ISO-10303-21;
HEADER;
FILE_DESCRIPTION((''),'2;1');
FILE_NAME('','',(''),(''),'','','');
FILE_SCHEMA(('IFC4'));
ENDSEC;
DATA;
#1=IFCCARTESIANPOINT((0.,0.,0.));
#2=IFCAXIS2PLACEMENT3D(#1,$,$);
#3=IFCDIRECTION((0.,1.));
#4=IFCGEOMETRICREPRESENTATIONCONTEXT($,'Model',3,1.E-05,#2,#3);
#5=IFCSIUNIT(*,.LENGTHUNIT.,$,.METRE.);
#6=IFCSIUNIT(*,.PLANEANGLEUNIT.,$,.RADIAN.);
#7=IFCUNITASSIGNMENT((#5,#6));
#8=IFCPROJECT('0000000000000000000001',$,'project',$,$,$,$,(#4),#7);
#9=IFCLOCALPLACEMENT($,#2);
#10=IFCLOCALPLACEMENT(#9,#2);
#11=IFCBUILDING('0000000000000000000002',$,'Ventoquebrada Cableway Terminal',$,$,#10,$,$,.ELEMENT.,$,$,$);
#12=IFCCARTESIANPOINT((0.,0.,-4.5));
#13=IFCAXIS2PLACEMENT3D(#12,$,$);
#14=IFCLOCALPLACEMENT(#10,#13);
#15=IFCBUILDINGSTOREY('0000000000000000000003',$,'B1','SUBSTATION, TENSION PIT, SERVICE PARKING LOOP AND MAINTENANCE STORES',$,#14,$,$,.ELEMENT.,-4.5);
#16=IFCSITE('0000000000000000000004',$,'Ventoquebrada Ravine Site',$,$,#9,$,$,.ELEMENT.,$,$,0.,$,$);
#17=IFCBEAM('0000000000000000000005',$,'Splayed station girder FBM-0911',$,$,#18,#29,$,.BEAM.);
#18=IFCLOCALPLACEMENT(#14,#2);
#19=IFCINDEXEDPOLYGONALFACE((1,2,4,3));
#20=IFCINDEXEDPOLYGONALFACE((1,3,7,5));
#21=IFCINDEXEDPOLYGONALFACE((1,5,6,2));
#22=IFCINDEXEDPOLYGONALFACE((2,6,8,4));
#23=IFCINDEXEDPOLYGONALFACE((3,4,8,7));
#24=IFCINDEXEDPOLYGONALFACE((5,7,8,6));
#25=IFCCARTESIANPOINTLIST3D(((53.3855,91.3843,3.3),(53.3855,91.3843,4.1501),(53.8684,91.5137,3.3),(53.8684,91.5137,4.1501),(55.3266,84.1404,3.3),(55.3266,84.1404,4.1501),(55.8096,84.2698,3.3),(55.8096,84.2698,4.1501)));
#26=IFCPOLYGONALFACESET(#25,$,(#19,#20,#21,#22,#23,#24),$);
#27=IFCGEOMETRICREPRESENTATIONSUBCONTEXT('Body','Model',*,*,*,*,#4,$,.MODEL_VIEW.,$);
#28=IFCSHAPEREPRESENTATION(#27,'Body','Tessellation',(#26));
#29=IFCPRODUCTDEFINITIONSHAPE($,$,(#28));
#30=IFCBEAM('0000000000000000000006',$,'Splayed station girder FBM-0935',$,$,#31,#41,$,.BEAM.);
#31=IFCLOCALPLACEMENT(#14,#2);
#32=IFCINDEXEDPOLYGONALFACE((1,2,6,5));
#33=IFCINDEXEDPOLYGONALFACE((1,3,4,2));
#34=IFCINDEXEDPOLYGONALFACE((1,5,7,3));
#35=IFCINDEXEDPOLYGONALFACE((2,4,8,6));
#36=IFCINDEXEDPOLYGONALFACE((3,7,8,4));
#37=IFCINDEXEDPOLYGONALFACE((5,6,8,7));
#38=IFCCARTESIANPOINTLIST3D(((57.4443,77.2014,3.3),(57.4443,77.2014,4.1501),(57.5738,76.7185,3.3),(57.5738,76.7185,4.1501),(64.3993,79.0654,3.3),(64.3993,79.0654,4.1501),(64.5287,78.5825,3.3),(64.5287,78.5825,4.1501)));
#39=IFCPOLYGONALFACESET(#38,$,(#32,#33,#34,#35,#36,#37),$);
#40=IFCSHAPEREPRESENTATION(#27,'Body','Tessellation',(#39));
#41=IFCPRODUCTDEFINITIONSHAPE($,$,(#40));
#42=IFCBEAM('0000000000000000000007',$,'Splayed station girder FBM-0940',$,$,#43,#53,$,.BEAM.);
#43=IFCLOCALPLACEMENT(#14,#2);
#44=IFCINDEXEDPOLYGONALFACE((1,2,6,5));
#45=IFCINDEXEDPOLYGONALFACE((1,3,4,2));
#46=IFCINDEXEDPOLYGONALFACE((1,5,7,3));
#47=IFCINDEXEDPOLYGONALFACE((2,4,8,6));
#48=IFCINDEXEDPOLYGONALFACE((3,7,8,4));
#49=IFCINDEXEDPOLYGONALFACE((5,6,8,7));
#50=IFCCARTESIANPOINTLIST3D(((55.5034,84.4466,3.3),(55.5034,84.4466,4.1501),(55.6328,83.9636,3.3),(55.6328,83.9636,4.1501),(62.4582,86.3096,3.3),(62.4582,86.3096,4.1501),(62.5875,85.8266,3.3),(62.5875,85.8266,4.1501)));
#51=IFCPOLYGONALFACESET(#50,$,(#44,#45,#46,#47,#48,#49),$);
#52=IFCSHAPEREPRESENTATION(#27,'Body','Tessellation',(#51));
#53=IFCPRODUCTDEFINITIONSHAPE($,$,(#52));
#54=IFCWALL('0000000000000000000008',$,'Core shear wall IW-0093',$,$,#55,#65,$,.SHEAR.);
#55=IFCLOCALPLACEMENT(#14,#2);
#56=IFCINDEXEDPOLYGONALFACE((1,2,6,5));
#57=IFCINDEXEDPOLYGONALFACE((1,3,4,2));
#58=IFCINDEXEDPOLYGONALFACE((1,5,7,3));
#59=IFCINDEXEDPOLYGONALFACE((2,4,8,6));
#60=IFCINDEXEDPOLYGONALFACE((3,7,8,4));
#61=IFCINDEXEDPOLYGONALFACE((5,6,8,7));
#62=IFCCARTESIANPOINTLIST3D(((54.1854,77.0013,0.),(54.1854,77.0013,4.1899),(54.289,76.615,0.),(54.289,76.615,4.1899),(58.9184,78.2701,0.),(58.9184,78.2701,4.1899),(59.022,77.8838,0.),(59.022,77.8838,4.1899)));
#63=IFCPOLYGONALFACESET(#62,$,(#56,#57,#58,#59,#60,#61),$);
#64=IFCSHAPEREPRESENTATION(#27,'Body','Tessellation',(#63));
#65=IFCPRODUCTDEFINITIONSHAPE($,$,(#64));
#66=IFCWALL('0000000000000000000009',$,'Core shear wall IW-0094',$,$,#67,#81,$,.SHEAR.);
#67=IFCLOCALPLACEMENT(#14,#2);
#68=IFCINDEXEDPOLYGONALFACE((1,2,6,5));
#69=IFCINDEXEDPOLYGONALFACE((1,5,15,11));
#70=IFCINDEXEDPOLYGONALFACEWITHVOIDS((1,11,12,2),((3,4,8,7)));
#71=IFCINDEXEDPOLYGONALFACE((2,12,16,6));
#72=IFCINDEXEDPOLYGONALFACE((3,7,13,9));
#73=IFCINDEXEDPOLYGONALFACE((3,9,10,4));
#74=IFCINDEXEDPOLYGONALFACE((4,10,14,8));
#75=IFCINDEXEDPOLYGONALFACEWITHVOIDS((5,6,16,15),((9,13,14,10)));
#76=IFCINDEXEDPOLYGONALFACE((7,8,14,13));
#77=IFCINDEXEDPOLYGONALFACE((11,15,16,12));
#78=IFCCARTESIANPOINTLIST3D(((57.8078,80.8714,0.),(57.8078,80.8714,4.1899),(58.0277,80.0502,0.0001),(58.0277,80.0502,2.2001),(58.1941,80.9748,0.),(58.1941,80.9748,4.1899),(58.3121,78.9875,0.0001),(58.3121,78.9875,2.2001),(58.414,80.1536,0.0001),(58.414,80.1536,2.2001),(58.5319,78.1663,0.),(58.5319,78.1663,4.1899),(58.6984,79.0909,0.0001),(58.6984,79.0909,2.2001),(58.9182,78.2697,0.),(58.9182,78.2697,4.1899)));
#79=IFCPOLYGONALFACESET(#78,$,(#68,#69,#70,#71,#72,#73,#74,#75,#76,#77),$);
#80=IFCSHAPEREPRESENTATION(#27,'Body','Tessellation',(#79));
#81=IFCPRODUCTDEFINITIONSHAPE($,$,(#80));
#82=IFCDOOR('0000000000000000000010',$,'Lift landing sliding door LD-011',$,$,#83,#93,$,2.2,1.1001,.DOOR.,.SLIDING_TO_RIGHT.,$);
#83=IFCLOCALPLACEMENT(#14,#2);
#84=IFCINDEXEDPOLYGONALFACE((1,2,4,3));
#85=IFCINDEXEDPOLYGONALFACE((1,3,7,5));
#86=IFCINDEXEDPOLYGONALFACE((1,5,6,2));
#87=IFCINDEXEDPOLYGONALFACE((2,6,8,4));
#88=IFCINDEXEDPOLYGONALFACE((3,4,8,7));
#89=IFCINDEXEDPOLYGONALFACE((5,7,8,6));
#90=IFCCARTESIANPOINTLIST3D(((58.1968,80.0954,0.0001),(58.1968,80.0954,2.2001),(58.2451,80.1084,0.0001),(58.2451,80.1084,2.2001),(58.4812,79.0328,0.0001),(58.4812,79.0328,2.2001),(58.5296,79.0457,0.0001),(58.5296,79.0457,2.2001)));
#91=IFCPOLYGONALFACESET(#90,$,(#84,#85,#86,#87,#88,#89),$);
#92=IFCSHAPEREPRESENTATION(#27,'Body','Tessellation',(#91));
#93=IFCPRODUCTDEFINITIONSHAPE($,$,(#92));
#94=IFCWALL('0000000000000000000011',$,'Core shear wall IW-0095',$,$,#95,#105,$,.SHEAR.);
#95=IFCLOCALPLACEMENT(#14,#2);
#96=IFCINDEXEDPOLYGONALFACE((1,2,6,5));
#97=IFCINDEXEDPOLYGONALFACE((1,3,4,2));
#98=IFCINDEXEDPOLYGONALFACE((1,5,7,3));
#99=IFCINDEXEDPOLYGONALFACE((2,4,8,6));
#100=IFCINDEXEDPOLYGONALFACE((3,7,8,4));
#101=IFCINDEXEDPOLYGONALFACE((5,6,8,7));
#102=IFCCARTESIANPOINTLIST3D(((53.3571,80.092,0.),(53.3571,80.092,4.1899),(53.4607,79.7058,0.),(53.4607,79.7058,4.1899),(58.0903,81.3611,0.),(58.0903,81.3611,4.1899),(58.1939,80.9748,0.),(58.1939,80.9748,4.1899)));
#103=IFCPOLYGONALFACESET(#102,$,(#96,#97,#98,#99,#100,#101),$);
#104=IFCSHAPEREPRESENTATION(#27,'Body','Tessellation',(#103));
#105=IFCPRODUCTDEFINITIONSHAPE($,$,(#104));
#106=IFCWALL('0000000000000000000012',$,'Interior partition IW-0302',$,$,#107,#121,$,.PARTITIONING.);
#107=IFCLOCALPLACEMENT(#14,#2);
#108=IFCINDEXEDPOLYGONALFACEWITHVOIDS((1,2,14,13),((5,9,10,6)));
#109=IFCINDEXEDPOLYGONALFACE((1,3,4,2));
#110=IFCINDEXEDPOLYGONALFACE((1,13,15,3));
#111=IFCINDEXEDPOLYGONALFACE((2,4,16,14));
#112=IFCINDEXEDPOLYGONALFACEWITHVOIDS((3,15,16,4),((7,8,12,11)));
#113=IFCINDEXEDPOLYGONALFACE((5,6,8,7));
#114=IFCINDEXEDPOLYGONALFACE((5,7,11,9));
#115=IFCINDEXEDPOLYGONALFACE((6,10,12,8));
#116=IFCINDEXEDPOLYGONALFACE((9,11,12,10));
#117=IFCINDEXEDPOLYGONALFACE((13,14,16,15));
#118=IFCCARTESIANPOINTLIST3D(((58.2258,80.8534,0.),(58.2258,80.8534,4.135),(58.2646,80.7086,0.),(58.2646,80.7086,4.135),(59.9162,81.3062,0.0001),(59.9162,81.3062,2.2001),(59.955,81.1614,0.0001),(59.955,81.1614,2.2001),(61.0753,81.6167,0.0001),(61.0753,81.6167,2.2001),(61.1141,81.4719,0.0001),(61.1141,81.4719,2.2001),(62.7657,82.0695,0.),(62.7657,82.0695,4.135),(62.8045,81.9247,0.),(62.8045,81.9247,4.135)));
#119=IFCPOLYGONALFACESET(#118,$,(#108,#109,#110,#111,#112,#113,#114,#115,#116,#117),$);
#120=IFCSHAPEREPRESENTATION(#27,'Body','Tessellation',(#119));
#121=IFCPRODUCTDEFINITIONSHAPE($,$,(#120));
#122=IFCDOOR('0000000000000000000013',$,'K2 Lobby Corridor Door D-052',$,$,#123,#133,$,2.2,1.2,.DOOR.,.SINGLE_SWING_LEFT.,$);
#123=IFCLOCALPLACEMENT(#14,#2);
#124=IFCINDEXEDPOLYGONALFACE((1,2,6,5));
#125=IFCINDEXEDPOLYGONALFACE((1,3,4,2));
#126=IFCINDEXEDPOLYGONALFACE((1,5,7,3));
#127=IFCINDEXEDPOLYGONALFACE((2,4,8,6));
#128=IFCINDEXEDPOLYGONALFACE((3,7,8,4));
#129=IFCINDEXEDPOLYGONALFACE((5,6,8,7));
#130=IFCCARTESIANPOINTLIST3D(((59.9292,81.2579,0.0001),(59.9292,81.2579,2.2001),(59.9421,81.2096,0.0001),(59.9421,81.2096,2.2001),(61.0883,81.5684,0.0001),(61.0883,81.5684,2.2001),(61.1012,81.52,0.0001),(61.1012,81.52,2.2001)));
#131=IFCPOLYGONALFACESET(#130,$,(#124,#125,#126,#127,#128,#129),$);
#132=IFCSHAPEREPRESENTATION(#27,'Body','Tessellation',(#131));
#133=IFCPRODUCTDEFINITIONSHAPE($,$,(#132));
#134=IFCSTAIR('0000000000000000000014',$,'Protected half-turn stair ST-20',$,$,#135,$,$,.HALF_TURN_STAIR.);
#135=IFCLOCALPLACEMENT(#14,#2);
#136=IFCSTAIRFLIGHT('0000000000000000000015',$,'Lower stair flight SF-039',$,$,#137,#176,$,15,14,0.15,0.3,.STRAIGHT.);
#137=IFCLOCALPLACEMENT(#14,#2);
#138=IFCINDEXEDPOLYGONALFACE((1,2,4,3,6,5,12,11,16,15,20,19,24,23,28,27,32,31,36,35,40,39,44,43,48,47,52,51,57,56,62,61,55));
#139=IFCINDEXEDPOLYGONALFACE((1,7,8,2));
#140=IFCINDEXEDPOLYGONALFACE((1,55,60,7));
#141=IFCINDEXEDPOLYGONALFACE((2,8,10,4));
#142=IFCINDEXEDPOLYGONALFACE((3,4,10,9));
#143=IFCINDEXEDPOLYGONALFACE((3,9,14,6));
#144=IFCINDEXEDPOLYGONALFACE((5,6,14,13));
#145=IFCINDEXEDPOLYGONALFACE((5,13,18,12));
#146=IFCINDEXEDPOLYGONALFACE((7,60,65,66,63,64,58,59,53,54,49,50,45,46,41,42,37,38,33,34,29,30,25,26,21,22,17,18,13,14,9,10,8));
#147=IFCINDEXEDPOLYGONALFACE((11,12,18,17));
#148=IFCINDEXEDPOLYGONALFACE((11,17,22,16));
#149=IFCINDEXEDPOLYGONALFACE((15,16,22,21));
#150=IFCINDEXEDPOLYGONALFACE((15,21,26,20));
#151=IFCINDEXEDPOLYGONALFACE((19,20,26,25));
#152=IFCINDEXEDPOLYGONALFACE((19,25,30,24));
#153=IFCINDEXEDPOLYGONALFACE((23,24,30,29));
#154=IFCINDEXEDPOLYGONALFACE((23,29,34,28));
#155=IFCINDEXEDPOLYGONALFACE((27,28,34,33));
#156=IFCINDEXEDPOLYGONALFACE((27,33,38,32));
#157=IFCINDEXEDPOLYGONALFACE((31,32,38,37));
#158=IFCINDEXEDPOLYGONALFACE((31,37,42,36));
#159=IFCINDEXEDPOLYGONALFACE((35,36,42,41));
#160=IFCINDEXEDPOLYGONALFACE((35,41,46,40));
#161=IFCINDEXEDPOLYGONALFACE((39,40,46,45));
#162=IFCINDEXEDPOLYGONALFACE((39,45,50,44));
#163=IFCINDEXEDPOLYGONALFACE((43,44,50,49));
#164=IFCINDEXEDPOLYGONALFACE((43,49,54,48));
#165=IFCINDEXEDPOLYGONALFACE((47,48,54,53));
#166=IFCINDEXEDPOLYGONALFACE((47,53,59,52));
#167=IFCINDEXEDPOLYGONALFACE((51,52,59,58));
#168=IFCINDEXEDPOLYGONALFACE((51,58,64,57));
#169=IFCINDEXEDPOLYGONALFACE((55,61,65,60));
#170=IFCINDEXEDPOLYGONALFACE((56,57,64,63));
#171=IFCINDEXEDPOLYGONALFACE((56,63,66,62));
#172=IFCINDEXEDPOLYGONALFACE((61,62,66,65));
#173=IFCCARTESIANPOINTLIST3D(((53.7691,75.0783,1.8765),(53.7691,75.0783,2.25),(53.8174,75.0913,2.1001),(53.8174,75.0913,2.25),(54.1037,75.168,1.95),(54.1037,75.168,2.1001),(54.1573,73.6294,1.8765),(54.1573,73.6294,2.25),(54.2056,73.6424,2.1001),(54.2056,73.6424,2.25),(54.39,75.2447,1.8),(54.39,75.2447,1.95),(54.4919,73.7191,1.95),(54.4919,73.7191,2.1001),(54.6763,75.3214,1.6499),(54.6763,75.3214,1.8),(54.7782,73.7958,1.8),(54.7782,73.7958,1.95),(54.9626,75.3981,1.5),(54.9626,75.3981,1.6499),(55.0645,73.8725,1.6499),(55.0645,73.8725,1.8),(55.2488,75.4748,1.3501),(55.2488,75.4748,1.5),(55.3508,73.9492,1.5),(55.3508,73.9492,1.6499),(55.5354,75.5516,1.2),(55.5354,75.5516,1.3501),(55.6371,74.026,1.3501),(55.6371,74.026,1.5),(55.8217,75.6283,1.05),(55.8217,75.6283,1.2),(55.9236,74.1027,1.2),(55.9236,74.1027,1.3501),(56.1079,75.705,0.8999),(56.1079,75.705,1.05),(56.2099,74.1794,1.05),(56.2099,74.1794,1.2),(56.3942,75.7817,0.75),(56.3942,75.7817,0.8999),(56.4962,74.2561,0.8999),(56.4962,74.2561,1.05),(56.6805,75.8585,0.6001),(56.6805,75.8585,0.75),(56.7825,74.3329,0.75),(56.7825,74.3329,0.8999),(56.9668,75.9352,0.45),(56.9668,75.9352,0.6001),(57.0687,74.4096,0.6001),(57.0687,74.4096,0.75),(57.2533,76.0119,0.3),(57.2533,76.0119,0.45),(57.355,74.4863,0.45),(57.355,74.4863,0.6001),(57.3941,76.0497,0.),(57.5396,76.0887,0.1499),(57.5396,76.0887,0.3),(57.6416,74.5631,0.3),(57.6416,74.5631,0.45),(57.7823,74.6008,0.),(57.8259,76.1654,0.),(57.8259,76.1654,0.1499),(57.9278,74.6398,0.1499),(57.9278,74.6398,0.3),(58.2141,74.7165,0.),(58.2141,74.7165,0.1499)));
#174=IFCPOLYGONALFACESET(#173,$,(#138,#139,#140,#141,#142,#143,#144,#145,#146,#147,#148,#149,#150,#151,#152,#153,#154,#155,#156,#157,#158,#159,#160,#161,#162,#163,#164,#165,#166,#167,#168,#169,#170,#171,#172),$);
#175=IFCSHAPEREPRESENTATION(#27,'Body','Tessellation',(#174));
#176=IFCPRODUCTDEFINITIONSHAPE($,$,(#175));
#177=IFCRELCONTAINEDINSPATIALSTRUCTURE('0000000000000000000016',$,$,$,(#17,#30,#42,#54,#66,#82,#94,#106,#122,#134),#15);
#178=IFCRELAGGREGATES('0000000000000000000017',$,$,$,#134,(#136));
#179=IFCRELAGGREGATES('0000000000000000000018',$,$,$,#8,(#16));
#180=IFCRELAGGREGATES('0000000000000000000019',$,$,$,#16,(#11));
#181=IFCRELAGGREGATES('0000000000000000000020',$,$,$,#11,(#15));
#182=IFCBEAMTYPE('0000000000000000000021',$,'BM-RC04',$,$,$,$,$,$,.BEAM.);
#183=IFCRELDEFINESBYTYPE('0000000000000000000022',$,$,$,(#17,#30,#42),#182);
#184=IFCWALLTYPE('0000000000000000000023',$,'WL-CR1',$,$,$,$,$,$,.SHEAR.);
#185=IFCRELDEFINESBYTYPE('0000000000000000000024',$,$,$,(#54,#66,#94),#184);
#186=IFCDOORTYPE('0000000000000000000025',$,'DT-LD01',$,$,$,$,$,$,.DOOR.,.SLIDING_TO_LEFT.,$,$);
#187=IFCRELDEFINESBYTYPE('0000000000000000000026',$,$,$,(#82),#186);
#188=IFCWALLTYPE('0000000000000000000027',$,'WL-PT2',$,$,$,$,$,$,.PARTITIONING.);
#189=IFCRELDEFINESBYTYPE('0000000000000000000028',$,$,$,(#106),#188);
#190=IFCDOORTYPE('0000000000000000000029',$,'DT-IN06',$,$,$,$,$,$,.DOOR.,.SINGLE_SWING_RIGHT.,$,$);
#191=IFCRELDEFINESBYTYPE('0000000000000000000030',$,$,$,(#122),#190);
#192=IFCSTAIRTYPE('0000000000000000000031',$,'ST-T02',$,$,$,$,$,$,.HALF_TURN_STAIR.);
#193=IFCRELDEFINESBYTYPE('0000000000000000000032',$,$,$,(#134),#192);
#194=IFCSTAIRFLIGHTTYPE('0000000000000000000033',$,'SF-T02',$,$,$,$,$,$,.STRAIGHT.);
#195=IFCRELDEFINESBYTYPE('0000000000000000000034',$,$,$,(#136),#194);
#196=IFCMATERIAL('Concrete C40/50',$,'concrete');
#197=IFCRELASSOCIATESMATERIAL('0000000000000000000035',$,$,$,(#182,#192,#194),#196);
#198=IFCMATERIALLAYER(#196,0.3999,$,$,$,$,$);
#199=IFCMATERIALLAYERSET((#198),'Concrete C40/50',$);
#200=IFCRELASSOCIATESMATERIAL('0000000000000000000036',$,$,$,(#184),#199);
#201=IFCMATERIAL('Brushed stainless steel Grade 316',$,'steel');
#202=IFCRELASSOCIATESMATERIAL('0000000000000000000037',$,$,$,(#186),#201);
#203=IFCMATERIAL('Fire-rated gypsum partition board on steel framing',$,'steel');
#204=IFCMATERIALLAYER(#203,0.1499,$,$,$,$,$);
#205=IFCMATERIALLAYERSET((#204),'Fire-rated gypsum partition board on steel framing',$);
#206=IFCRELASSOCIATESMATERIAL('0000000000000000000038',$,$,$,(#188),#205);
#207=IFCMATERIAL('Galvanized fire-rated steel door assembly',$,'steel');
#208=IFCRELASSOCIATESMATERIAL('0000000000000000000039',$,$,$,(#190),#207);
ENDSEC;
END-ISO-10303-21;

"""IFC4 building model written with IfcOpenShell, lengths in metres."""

from ifc_helpers import new_model, si_unit, direction, frame, frame_2d, origin, origin_2d, place, context, subcontext, project, spatial, polyline, rectangle, outline, extrude, material, layer, layer_set, material_profile, profile_set, type_object, element, fill, aggregate, save


model = new_model("IFC4")

# Units and contexts
model_context = context("Model", 3, precision=1e-05, world=origin(), true_north=direction((0.0, 1.0)))
body_context = subcontext(model_context, "Body", "Model", "MODEL_VIEW")
ifc_project = project(units=[si_unit("LENGTHUNIT", "METRE"), si_unit("PLANEANGLEUNIT", "RADIAN")], contexts=[model_context])

# Site, building, storey
site_placement = place(None, origin())
site = spatial("IfcSite", under=ifc_project, at=site_placement, Name="Ventoquebrada Ravine Site", CompositionType="ELEMENT", RefElevation=0.0)
building_placement = place(site_placement, origin())
building = spatial("IfcBuilding", under=site, at=building_placement, Name="Ventoquebrada Cableway Terminal", CompositionType="ELEMENT")
storey_placement = place(building_placement, frame((0.0, 0.0, -4.5)))
storey = spatial("IfcBuildingStorey", under=building, at=storey_placement, Name="B1", Description="SUBSTATION, TENSION PIT, SERVICE PARKING LOOP AND MAINTENANCE STORES", CompositionType="ELEMENT", Elevation=-4.5)

# Shared definitions
ifc_material_1 = material(Name="Concrete C40/50", Category="concrete")

# Beams
ifc_material_profile_1 = material_profile(ifc_material_1, rectangle(XDim=0.5, YDim=0.8501, at=origin_2d()), Name="RC-BM-500X850")
ifc_profile_set_1 = profile_set([ifc_material_profile_1], Name="Concrete C40/50")
beam_type = type_object("IfcBeamType", Name="BM-RC04", PredefinedType="BEAM", material=ifc_profile_set_1)
beam_1_placement = place(storey_placement, frame((55.5681, 84.2051, 3.7251), z_axis=(-0.25884, 0.96592, 0.0), x_axis=(-0.96592, -0.25884, 0.0)))
element("IfcBeam", 1, at=beam_1_placement, inside=storey, type_object=beam_type, Name="Splayed station girder FBM-0911", PredefinedType="BEAM", context=body_context, shape_type="SweptSolid", body=[
    extrude(rectangle(XDim=0.5, YDim=0.8501, at=origin_2d()), origin(), (0.0, 0.0, 1.0), 7.4995),
])
beam_2_placement = place(storey_placement, frame((57.509, 76.96, 3.7251), z_axis=(0.965912, 0.258872, 0.0), x_axis=(-0.258872, 0.965912, 0.0)))
element("IfcBeam", 2, at=beam_2_placement, inside=storey, type_object=beam_type, Name="Splayed station girder FBM-0935", PredefinedType="BEAM", context=body_context, shape_type="SweptSolid", body=[
    extrude(rectangle(XDim=0.5, YDim=0.8501, at=origin_2d()), origin(), (0.0, 0.0, 1.0), 7.2004),
])
beam_3_placement = place(storey_placement, frame((55.5681, 84.2051, 3.7251), z_axis=(0.965943, 0.258754, 0.0), x_axis=(-0.258754, 0.965943, 0.0)))
element("IfcBeam", 3, at=beam_3_placement, inside=storey, type_object=beam_type, Name="Splayed station girder FBM-0940", PredefinedType="BEAM", context=body_context, shape_type="SweptSolid", body=[
    extrude(rectangle(XDim=0.5, YDim=0.8501, at=origin_2d()), origin(), (0.0, 0.0, 1.0), 7.2),
])

# Wall
ifc_layer_1 = layer(ifc_material_1, 0.3999)
ifc_layer_set_1 = layer_set([ifc_layer_1], Name="Concrete C40/50")
wall_type_1 = type_object("IfcWallType", Name="WL-CR1", PredefinedType="SHEAR", material=ifc_layer_set_1)
wall_1_placement = place(storey_placement, frame((54.2371, 76.8081, 0.0), z_axis=(0.0, 0.0, 1.0), x_axis=(0.965894, 0.258937, 0.0)))
element("IfcWall", 4, at=wall_1_placement, inside=storey, type_object=wall_type_1, Name="Core shear wall IW-0093", PredefinedType="SHEAR", context=body_context, shape_type="SweptSolid", body=[
    extrude(rectangle(XDim=4.9001, YDim=0.3999, at=frame_2d((2.4502, 0.0))), origin(), (0.0, 0.0, 1.0), 4.1899),
])

# Wall, opening, door
wall_2_placement = place(storey_placement, frame((58.7251, 78.218, 0.0), z_axis=(0.0, 0.0, 1.0), x_axis=(-0.258585, 0.965989, 0.0)))
wall_2 = element("IfcWall", 5, at=wall_2_placement, inside=storey, type_object=wall_type_1, Name="Core shear wall IW-0094", PredefinedType="SHEAR", context=body_context, shape_type="SweptSolid", body=[
    extrude(rectangle(XDim=2.8003, YDim=0.3999, at=frame_2d((1.4001, 0.0))), origin(), (0.0, 0.0, 1.0), 4.1899),
])
opening_1_placement = place(wall_2_placement, frame((0.8501, 0.0, 0.0)))
opening_1 = element("IfcOpeningElement", 6, at=opening_1_placement, cuts=wall_2, PredefinedType="OPENING", context=body_context, shape_type="SweptSolid", body=[
    extrude(rectangle(XDim=1.1001, YDim=2.2, at=frame_2d((0.55, 1.1001))), frame((0.0, 0.21, 0.0), z_axis=(0.0, -1.0, 0.0), x_axis=(1.0, 0.0, 0.0)), (0.0, 0.0, 1.0), 0.4199),
])
ifc_material_2 = material(Name="Brushed stainless steel Grade 316", Category="steel")
door_type_1 = type_object("IfcDoorType", Name="DT-LD01", OperationType="SLIDING_TO_LEFT", PredefinedType="DOOR", material=ifc_material_2)
door_1_placement = place(opening_1_placement, origin())
door_1 = element("IfcDoor", 7, at=door_1_placement, inside=storey, type_object=door_type_1, Name="Lift landing sliding door LD-011", OperationType="SLIDING_TO_RIGHT", OverallHeight=2.2, OverallWidth=1.1001, PredefinedType="DOOR", context=body_context, shape_type="SweptSolid", body=[
    extrude(rectangle(XDim=1.1001, YDim=2.2, at=frame_2d((0.55, 1.1001))), frame((0.0, 0.0249, 0.0), z_axis=(0.0, -1.0, 0.0), x_axis=(1.0, 0.0, 0.0)), (0.0, 0.0, 1.0), 0.05),
])
fill(opening_1, door_1)

# Wall
wall_3_placement = place(storey_placement, frame((58.1421, 81.168, 0.0), z_axis=(0.0, 0.0, 1.0), x_axis=(-0.965885, -0.258971, 0.0)))
element("IfcWall", 8, at=wall_3_placement, inside=storey, type_object=wall_type_1, Name="Core shear wall IW-0095", PredefinedType="SHEAR", context=body_context, shape_type="SweptSolid", body=[
    extrude(rectangle(XDim=4.9004, YDim=0.3999, at=frame_2d((2.4502, 0.0))), origin(), (0.0, 0.0, 1.0), 4.1899),
])

# Wall, opening, door
ifc_material_3 = material(Name="Fire-rated gypsum partition board on steel framing", Category="steel")
ifc_layer_2 = layer(ifc_material_3, 0.1499)
ifc_layer_set_2 = layer_set([ifc_layer_2], Name="Fire-rated gypsum partition board on steel framing")
wall_type_2 = type_object("IfcWallType", Name="WL-PT2", PredefinedType="PARTITIONING", material=ifc_layer_set_2)
wall_4_placement = place(storey_placement, frame((58.2451, 80.781, 0.0), z_axis=(0.0, 0.0, 1.0), x_axis=(0.965946, 0.258746, 0.0)))
wall_4 = element("IfcWall", 9, at=wall_4_placement, inside=storey, type_object=wall_type_2, Name="Interior partition IW-0302", PredefinedType="PARTITIONING", context=body_context, shape_type="SweptSolid", body=[
    extrude(rectangle(XDim=4.7, YDim=0.1499, at=frame_2d((2.3501, 0.0))), origin(), (0.0, 0.0, 1.0), 4.135),
])
opening_2_placement = place(wall_4_placement, frame((1.75, 0.0, 0.0)))
opening_2 = element("IfcOpeningElement", 10, at=opening_2_placement, cuts=wall_4, PredefinedType="OPENING", context=body_context, shape_type="SweptSolid", body=[
    extrude(rectangle(XDim=1.2, YDim=2.2, at=frame_2d((0.6001, 1.1001))), frame((0.0, 0.085, 0.0), z_axis=(0.0, -1.0, 0.0), x_axis=(1.0, 0.0, 0.0)), (0.0, 0.0, 1.0), 0.1699),
])
ifc_material_4 = material(Name="Galvanized fire-rated steel door assembly", Category="steel")
door_type_2 = type_object("IfcDoorType", Name="DT-IN06", OperationType="SINGLE_SWING_RIGHT", PredefinedType="DOOR", material=ifc_material_4)
door_2_placement = place(opening_2_placement, origin())
door_2 = element("IfcDoor", 11, at=door_2_placement, inside=storey, type_object=door_type_2, Name="K2 Lobby Corridor Door D-052", OperationType="SINGLE_SWING_LEFT", OverallHeight=2.2, OverallWidth=1.2, PredefinedType="DOOR", context=body_context, shape_type="SweptSolid", body=[
    extrude(rectangle(XDim=1.2, YDim=2.2, at=frame_2d((0.6001, 1.1001))), frame((0.0, 0.0249, 0.0), z_axis=(0.0, -1.0, 0.0), x_axis=(1.0, 0.0, 0.0)), (0.0, 0.0, 1.0), 0.05),
])
fill(opening_2, door_2)

# Stair, stair flight
stair_type = type_object("IfcStairType", Name="ST-T02", PredefinedType="HALF_TURN_STAIR", material=ifc_material_1)
stair_placement = place(storey_placement, origin())
stair = element("IfcStair", 12, at=stair_placement, inside=storey, type_object=stair_type, Name="Protected half-turn stair ST-20", PredefinedType="HALF_TURN_STAIR")
stair_flight_type = type_object("IfcStairFlightType", Name="SF-T02", PredefinedType="STRAIGHT", material=ifc_material_1)
stair_flight_placement = place(storey_placement, frame((58.02, 75.4409, 0.0), z_axis=(0.0, 0.0, 1.0), x_axis=(-0.965926, -0.258819, 0.0)))
stair_flight = element("IfcStairFlight", 13, at=stair_flight_placement, type_object=stair_flight_type, Name="Lower stair flight SF-039", NumberOfRisers=15, NumberOfTreads=14, PredefinedType="STRAIGHT", RiserHeight=0.15, TreadLength=0.3, context=body_context, shape_type="SweptSolid", body=[
    extrude(outline(polyline([(0.0, 0.0), (0.0, 0.1499), (0.2964, 0.1499), (0.2964, 0.3), (0.5928, 0.3), (0.5928, 0.45), (0.8894, 0.45), (0.8894, 0.6001), (1.1858, 0.6001), (1.1858, 0.75), (1.4822, 0.75), (1.4822, 0.8999), (1.7786, 0.8999), (1.7786, 1.05), (2.075, 1.05), (2.075, 1.2), (2.3713, 1.2), (2.3713, 1.3501), (2.668, 1.3501), (2.668, 1.5), (2.9644, 1.5), (2.9644, 1.6499), (3.2607, 1.6499), (3.2607, 1.8), (3.5571, 1.8), (3.5571, 1.95), (3.8535, 1.95), (3.8535, 2.1001), (4.1499, 2.1001), (4.1499, 2.25), (4.2, 2.25), (4.2, 1.8765), (0.447, 0.0), (0.0, 0.0)])), frame((0.0, 0.75, 0.0), z_axis=(0.0, -1.0, 0.0), x_axis=(1.0, 0.0, 0.0)), (0.0, 0.0, 1.0), 1.5),
])
aggregate(stair, [stair_flight])

save(model, "model.ifc")
